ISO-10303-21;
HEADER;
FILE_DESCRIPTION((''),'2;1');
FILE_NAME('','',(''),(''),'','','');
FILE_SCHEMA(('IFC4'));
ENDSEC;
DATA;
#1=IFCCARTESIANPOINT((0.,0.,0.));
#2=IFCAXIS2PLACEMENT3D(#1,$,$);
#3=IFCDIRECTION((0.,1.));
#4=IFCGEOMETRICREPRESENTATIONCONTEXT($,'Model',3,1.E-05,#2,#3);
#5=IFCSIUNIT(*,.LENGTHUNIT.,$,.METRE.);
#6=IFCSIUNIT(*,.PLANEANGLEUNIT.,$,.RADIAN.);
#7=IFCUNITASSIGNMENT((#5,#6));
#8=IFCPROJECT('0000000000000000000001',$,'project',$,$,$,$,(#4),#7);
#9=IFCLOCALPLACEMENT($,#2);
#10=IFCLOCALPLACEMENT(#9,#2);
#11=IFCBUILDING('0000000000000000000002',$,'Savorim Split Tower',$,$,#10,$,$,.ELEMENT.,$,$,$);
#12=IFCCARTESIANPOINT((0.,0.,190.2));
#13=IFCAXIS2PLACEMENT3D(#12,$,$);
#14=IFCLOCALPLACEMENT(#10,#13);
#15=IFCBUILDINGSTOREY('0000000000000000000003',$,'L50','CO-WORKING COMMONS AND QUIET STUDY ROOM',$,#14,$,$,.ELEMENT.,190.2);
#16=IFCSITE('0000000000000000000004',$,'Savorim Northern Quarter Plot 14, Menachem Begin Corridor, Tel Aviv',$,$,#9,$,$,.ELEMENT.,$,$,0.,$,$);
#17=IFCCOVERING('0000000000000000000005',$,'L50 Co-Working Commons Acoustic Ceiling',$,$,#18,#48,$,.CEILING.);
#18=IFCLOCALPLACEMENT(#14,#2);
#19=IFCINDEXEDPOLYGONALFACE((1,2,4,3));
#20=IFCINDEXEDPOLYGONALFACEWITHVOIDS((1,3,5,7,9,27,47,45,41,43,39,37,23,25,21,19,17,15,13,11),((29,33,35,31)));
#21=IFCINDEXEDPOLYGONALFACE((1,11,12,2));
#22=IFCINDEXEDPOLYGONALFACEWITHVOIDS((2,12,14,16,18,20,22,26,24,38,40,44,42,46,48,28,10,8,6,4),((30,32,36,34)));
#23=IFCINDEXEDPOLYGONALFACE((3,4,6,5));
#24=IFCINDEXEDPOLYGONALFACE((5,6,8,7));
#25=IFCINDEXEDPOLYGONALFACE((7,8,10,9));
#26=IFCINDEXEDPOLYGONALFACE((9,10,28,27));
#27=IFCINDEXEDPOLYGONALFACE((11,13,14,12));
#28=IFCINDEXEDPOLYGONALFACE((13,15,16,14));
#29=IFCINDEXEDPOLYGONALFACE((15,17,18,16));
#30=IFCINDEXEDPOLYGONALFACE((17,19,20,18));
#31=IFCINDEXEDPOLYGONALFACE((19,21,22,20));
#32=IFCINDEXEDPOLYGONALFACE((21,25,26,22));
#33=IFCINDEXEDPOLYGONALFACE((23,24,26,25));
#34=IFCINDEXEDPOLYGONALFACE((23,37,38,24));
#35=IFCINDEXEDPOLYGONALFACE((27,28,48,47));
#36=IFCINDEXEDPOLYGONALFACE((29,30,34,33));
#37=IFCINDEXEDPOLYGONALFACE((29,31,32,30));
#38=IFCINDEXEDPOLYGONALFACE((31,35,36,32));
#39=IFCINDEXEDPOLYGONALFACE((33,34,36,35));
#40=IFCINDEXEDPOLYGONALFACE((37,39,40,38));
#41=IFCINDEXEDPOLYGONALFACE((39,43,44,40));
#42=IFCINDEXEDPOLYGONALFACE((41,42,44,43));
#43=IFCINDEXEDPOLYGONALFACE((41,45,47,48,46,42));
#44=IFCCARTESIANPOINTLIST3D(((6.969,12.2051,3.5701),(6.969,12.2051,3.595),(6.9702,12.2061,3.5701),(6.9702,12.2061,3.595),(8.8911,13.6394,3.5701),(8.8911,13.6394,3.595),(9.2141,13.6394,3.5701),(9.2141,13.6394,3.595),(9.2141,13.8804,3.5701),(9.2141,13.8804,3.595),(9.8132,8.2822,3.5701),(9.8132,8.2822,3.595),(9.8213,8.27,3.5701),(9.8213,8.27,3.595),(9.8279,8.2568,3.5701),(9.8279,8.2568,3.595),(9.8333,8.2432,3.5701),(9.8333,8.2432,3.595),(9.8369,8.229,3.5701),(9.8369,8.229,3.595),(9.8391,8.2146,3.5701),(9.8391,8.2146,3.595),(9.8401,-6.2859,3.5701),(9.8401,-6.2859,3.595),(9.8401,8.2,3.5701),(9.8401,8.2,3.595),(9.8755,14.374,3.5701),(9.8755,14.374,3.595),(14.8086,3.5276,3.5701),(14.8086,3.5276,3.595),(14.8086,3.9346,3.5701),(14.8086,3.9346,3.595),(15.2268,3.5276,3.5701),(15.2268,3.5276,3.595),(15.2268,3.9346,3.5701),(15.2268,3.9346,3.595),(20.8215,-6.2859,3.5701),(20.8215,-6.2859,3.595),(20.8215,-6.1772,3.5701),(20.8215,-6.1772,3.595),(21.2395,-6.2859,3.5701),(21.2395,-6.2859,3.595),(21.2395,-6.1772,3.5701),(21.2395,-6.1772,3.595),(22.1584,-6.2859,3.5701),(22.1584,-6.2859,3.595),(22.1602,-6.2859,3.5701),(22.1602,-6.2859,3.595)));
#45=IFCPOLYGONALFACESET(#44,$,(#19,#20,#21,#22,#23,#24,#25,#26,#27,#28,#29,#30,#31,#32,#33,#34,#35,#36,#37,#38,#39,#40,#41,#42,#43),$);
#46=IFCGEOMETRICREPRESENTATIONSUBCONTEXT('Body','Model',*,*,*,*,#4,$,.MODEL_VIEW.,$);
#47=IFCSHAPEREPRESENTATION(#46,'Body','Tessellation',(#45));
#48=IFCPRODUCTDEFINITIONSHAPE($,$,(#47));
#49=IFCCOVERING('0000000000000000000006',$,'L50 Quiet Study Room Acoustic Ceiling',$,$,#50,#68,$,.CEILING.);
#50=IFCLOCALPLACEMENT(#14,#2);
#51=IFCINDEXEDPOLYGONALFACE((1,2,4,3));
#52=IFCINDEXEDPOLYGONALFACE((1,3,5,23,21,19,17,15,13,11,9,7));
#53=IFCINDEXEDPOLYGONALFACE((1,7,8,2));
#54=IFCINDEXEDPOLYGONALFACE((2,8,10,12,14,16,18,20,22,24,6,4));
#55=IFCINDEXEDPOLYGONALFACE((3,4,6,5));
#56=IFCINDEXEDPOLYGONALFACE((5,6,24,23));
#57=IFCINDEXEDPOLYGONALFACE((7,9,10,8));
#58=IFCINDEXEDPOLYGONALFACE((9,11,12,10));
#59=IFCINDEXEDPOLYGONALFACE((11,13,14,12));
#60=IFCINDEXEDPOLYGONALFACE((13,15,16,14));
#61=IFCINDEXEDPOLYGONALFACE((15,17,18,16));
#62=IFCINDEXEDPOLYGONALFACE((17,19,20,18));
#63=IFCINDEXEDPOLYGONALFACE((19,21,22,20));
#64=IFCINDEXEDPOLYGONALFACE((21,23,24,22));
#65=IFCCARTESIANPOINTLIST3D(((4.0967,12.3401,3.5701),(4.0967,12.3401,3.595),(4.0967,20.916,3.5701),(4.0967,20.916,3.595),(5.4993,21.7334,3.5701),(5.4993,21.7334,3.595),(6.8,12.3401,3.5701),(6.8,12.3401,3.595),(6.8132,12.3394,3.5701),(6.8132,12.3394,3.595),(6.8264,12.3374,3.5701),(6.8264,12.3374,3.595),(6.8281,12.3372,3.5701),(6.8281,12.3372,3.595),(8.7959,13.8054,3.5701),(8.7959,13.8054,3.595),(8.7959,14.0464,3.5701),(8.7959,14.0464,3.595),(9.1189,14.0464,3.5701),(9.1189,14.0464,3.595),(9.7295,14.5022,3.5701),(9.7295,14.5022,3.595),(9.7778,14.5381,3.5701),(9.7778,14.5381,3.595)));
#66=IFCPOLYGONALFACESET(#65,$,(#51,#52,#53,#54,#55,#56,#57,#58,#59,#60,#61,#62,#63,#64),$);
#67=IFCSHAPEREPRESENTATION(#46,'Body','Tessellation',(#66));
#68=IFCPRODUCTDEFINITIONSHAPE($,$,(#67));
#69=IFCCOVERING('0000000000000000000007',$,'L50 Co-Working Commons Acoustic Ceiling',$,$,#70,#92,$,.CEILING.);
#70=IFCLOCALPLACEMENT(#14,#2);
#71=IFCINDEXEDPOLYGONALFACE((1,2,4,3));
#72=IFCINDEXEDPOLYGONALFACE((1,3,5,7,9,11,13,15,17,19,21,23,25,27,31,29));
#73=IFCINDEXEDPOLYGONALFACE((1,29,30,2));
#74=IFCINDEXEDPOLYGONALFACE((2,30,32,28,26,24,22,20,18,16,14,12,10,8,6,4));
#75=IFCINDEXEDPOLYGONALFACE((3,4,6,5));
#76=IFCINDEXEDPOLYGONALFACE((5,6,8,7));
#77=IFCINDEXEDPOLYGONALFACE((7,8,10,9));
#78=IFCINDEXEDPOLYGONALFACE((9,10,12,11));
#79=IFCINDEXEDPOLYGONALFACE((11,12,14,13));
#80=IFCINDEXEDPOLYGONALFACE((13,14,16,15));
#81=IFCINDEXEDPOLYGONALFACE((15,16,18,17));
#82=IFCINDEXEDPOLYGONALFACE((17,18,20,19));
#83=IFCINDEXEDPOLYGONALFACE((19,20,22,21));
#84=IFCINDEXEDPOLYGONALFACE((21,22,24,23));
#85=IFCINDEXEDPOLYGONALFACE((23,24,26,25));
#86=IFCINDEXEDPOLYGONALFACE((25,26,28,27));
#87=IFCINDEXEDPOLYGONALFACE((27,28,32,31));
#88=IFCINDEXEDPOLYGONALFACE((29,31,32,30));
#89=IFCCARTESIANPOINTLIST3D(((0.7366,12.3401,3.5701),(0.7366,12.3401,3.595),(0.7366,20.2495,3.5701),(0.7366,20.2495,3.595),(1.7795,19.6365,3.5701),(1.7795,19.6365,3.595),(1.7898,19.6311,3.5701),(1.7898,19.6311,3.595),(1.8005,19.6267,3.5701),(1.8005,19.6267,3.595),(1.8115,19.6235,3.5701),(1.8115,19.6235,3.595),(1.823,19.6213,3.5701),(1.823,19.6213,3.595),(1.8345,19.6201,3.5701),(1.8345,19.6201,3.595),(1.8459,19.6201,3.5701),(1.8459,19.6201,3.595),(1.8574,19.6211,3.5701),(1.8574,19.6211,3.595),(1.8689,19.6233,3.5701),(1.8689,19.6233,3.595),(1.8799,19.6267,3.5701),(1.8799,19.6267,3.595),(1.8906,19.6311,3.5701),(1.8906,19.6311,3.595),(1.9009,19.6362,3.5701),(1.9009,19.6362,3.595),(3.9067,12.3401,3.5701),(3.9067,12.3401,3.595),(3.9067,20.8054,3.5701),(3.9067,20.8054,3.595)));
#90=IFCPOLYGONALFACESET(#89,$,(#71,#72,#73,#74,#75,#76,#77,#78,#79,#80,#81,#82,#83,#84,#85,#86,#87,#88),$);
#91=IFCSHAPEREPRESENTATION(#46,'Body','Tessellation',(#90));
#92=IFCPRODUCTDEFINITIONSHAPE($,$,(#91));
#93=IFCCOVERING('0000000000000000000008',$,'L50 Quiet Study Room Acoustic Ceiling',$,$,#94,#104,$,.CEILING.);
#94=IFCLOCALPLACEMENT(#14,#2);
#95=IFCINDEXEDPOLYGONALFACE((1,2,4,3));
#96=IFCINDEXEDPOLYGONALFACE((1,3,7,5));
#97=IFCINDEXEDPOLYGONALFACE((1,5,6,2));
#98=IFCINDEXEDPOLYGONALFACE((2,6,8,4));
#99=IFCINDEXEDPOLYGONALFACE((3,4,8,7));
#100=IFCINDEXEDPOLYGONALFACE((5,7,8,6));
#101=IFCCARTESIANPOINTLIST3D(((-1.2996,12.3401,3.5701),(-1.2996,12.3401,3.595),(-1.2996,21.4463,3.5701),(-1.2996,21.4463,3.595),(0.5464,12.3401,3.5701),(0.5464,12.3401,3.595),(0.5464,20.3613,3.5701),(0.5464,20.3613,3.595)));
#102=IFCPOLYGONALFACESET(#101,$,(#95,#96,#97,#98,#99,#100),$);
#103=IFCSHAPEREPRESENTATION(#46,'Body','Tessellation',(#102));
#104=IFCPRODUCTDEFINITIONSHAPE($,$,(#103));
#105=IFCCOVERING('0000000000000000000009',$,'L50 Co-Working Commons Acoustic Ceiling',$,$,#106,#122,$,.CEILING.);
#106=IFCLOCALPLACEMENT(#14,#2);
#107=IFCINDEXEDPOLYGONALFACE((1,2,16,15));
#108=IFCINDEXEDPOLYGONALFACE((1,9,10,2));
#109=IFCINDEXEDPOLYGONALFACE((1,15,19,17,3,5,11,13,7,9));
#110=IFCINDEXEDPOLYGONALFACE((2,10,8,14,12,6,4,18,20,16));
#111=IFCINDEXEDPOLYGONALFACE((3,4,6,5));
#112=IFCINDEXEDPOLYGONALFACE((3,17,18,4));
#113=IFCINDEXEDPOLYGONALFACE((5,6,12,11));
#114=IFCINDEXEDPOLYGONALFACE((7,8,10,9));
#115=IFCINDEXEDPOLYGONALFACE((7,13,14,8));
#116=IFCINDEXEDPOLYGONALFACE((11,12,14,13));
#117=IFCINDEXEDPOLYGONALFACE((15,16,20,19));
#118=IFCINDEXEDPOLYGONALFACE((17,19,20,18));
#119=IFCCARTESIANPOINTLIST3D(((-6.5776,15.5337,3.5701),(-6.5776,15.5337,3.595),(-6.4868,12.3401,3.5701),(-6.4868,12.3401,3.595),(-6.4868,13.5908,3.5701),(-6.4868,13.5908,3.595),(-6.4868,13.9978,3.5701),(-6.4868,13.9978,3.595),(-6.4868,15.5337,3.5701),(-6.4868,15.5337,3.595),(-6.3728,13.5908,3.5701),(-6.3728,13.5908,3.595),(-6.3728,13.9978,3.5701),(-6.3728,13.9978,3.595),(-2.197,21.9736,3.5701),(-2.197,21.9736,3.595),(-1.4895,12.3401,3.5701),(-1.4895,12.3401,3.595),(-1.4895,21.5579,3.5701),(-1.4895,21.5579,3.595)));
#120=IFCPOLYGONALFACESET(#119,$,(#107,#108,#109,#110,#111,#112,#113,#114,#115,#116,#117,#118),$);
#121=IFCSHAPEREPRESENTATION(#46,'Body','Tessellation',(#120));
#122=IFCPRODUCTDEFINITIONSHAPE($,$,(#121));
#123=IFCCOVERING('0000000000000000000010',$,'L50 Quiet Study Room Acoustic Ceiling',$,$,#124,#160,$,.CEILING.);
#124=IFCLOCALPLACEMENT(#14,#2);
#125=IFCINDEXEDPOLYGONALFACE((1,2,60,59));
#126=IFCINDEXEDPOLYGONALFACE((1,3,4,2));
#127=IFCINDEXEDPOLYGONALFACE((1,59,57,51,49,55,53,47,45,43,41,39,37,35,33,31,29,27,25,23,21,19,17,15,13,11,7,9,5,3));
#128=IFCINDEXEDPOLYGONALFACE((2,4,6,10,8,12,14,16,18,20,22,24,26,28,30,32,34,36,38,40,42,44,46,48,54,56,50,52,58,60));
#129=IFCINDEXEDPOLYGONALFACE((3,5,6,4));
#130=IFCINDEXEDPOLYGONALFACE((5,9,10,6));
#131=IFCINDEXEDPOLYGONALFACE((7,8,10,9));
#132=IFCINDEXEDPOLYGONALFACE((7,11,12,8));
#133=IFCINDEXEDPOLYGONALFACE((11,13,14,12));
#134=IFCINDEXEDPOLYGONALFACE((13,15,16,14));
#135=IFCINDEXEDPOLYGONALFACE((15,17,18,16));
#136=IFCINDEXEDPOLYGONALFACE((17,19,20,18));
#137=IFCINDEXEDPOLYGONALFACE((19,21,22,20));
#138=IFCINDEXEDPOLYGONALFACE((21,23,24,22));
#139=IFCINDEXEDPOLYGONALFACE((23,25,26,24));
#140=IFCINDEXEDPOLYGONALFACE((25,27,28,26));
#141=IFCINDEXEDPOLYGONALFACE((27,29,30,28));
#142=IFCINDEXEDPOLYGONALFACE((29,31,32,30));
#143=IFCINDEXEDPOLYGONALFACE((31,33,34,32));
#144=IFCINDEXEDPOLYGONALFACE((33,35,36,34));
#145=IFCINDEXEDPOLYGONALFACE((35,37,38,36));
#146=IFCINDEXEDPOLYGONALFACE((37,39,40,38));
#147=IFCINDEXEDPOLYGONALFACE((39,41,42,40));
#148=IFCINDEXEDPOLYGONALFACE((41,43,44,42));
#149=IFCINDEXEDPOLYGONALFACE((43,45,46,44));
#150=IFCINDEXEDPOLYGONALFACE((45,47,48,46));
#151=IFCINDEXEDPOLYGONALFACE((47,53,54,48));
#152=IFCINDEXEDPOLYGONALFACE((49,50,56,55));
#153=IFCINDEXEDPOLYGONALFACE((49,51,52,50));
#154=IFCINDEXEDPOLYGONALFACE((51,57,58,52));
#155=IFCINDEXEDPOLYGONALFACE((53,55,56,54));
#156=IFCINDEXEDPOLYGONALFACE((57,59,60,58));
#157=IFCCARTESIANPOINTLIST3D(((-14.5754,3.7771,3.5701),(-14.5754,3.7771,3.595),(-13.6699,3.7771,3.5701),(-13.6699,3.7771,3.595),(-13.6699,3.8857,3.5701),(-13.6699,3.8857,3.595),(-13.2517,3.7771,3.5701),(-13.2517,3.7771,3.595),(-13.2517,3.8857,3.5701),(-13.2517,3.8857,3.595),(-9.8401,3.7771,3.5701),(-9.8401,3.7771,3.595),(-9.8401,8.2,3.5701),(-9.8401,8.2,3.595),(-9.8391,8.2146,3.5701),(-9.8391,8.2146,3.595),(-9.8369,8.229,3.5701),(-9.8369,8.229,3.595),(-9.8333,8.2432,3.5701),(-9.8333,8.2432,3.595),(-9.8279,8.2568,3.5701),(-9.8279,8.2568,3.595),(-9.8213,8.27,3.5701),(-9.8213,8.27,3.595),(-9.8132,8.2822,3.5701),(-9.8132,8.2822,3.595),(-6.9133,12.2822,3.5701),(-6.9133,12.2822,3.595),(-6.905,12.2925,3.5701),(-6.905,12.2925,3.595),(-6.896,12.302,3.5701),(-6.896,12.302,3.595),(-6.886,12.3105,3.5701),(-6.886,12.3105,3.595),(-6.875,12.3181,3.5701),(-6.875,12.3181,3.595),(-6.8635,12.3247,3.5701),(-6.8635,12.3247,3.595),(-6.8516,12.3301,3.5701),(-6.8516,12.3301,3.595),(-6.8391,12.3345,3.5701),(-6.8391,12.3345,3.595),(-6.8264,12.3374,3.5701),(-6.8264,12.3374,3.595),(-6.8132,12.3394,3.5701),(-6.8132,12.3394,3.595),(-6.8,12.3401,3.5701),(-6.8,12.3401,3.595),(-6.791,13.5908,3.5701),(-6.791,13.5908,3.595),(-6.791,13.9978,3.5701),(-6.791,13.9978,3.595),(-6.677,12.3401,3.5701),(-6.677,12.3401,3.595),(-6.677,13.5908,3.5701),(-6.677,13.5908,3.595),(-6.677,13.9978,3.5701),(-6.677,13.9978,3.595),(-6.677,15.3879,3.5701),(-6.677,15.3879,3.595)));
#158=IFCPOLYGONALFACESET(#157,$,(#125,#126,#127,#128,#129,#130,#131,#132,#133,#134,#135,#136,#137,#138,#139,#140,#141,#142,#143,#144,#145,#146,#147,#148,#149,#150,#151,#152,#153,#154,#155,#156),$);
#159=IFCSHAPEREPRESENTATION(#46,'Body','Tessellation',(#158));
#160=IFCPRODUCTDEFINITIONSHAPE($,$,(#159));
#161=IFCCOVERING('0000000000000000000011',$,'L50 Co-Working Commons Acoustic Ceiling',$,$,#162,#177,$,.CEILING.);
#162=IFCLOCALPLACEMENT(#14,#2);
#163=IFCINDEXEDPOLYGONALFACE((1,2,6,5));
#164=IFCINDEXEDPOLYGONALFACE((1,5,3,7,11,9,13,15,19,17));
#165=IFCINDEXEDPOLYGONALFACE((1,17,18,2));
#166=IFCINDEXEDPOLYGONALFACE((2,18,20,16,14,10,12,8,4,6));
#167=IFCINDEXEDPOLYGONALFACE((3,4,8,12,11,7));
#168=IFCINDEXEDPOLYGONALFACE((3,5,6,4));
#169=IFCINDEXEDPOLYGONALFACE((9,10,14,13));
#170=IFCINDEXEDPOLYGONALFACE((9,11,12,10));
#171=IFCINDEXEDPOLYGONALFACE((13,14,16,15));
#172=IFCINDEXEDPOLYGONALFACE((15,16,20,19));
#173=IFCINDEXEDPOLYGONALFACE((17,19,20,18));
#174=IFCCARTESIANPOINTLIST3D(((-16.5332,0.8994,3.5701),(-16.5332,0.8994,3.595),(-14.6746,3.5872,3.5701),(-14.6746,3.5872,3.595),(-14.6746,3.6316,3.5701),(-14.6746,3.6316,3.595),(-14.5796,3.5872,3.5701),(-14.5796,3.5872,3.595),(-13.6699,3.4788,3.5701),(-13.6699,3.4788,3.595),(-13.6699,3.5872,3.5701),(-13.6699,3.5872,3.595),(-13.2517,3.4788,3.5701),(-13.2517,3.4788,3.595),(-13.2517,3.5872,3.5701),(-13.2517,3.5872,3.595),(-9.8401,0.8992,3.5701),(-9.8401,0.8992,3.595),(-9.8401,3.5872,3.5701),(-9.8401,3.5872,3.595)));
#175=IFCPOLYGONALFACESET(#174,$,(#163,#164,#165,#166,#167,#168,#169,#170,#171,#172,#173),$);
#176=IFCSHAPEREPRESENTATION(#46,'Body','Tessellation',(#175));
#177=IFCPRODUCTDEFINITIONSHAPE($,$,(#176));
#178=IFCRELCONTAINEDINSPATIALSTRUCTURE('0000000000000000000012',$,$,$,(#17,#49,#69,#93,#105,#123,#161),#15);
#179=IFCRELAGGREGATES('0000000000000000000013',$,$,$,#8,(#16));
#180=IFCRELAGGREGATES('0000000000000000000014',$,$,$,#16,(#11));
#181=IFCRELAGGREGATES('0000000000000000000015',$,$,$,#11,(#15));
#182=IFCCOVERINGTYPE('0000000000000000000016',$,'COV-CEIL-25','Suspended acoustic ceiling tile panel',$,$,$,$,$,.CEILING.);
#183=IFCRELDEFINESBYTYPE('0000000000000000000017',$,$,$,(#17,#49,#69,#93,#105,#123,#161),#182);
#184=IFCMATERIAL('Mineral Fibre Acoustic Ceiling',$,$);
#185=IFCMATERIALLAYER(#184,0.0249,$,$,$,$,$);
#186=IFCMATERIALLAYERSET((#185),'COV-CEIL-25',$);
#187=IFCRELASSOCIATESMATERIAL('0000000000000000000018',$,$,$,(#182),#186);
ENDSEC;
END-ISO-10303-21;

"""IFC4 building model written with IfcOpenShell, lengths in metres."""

from ifc_helpers import new_model, si_unit, direction, frame, origin, place, context, subcontext, project, spatial, polyline, outline, extrude, material, layer, layer_set, type_object, element, save


model = new_model("IFC4")

# Units and contexts
model_context = context("Model", 3, precision=1e-05, world=origin(), true_north=direction((0.0, 1.0)))
body_context = subcontext(model_context, "Body", "Model", "MODEL_VIEW")
ifc_project = project(units=[si_unit("LENGTHUNIT", "METRE"), si_unit("PLANEANGLEUNIT", "RADIAN")], contexts=[model_context])

# Site, building, storey
site_placement = place(None, origin())
site = spatial("IfcSite", under=ifc_project, at=site_placement, Name="Savorim Northern Quarter Plot 14, Menachem Begin Corridor, Tel Aviv", CompositionType="ELEMENT", RefElevation=0.0)
building_placement = place(site_placement, origin())
building = spatial("IfcBuilding", under=site, at=building_placement, Name="Savorim Split Tower", CompositionType="ELEMENT")
storey_placement = place(building_placement, frame((0.0, 0.0, 190.2)))
storey = spatial("IfcBuildingStorey", under=building, at=storey_placement, Name="L50", Description="CO-WORKING COMMONS AND QUIET STUDY ROOM", CompositionType="ELEMENT", Elevation=190.2)

# Coverings
ifc_material_1 = material(Name="Mineral Fibre Acoustic Ceiling")
ifc_layer_1 = layer(ifc_material_1, 0.0249)
ifc_layer_set_1 = layer_set([ifc_layer_1], Name="COV-CEIL-25")
covering_type_1 = type_object("IfcCoveringType", Name="COV-CEIL-25", Description="Suspended acoustic ceiling tile panel", PredefinedType="CEILING", material=ifc_layer_set_1)
covering_1_placement = place(storey_placement, frame((0.0, 0.0, 3.5701)))
element("IfcCovering", 1, at=covering_1_placement, inside=storey, type_object=covering_type_1, Name="L50 Co-Working Commons Acoustic Ceiling", PredefinedType="CEILING", context=body_context, shape_type="SweptSolid", body=[
    extrude(outline(polyline([(21.2395, -6.1772), (21.2395, -6.2859), (22.1584, -6.2859), (22.1602, -6.2859), (9.8755, 14.374), (9.2141, 13.8804), (9.2141, 13.6394), (8.8911, 13.6394), (6.9702, 12.2061), (6.969, 12.2051), (9.8132, 8.2822), (9.8213, 8.27), (9.8279, 8.2568), (9.8333, 8.2432), (9.8369, 8.229), (9.8391, 8.2146), (9.8401, 8.2), (9.8401, -6.2859), (20.8215, -6.2859), (20.8215, -6.1772), (21.2395, -6.1772)]), holes=[polyline([(15.2268, 3.5276), (15.2268, 3.9346), (14.8086, 3.9346), (14.8086, 3.5276), (15.2268, 3.5276)])]), origin(), (0.0, 0.0, 1.0), 0.0249),
])
covering_2_placement = place(storey_placement, frame((0.0, 0.0, 3.5701)))
element("IfcCovering", 2, at=covering_2_placement, inside=storey, type_object=covering_type_1, Name="L50 Quiet Study Room Acoustic Ceiling", PredefinedType="CEILING", context=body_context, shape_type="SweptSolid", body=[
    extrude(outline(polyline([(9.7295, 14.5022), (9.7778, 14.5381), (5.4993, 21.7334), (4.0967, 20.916), (4.0967, 12.3401), (6.8, 12.3401), (6.8132, 12.3394), (6.8264, 12.3374), (6.8281, 12.3372), (8.7959, 13.8054), (8.7959, 14.0464), (9.1189, 14.0464), (9.7295, 14.5022)])), origin(), (0.0, 0.0, 1.0), 0.0249),
])
covering_3_placement = place(storey_placement, frame((0.0, 0.0, 3.5701)))
element("IfcCovering", 3, at=covering_3_placement, inside=storey, type_object=covering_type_1, Name="L50 Co-Working Commons Acoustic Ceiling", PredefinedType="CEILING", context=body_context, shape_type="SweptSolid", body=[
    extrude(outline(polyline([(1.8005, 19.6267), (1.7898, 19.6311), (1.7795, 19.6365), (0.7366, 20.2495), (0.7366, 12.3401), (3.9067, 12.3401), (3.9067, 20.8054), (1.9009, 19.6362), (1.8906, 19.6311), (1.8799, 19.6267), (1.8689, 19.6233), (1.8574, 19.6211), (1.8459, 19.6201), (1.8345, 19.6201), (1.823, 19.6213), (1.8115, 19.6235), (1.8005, 19.6267)])), origin(), (0.0, 0.0, 1.0), 0.0249),
])
covering_4_placement = place(storey_placement, frame((0.0, 0.0, 3.5701)))
element("IfcCovering", 4, at=covering_4_placement, inside=storey, type_object=covering_type_1, Name="L50 Quiet Study Room Acoustic Ceiling", PredefinedType="CEILING", context=body_context, shape_type="SweptSolid", body=[
    extrude(outline(polyline([(-1.2996, 12.3401), (0.5464, 12.3401), (0.5464, 20.3613), (-1.2996, 21.4463), (-1.2996, 12.3401)])), origin(), (0.0, 0.0, 1.0), 0.0249),
])
covering_5_placement = place(storey_placement, frame((0.0, 0.0, 3.5701)))
element("IfcCovering", 5, at=covering_5_placement, inside=storey, type_object=covering_type_1, Name="L50 Co-Working Commons Acoustic Ceiling", PredefinedType="CEILING", context=body_context, shape_type="SweptSolid", body=[
    extrude(outline(polyline([(-6.4868, 12.3401), (-1.4895, 12.3401), (-1.4895, 21.5579), (-2.197, 21.9736), (-6.5776, 15.5337), (-6.4868, 15.5337), (-6.4868, 13.9978), (-6.3728, 13.9978), (-6.3728, 13.5908), (-6.4868, 13.5908), (-6.4868, 12.3401)])), origin(), (0.0, 0.0, 1.0), 0.0249),
])
covering_6_placement = place(storey_placement, frame((0.0, 0.0, 3.5701)))
element("IfcCovering", 6, at=covering_6_placement, inside=storey, type_object=covering_type_1, Name="L50 Quiet Study Room Acoustic Ceiling", PredefinedType="CEILING", context=body_context, shape_type="SweptSolid", body=[
    extrude(outline(polyline([(-6.8132, 12.3394), (-6.8, 12.3401), (-6.677, 12.3401), (-6.677, 13.5908), (-6.791, 13.5908), (-6.791, 13.9978), (-6.677, 13.9978), (-6.677, 15.3879), (-14.5754, 3.7771), (-13.6699, 3.7771), (-13.6699, 3.8857), (-13.2517, 3.8857), (-13.2517, 3.7771), (-9.8401, 3.7771), (-9.8401, 8.2), (-9.8391, 8.2146), (-9.8369, 8.229), (-9.8333, 8.2432), (-9.8279, 8.2568), (-9.8213, 8.27), (-9.8132, 8.2822), (-6.9133, 12.2822), (-6.905, 12.2925), (-6.896, 12.302), (-6.886, 12.3105), (-6.875, 12.3181), (-6.8635, 12.3247), (-6.8516, 12.3301), (-6.8391, 12.3345), (-6.8264, 12.3374), (-6.8132, 12.3394)])), origin(), (0.0, 0.0, 1.0), 0.0249),
])
covering_7_placement = place(storey_placement, frame((0.0, 0.0, 3.5701)))
element("IfcCovering", 7, at=covering_7_placement, inside=storey, type_object=covering_type_1, Name="L50 Co-Working Commons Acoustic Ceiling", PredefinedType="CEILING", context=body_context, shape_type="SweptSolid", body=[
    extrude(outline(polyline([(-13.6699, 3.5872), (-14.5796, 3.5872), (-14.6746, 3.5872), (-14.6746, 3.6316), (-16.5332, 0.8994), (-9.8401, 0.8992), (-9.8401, 3.5872), (-13.2517, 3.5872), (-13.2517, 3.4788), (-13.6699, 3.4788), (-13.6699, 3.5872)])), origin(), (0.0, 0.0, 1.0), 0.0249),
])

save(model, "model.ifc")
